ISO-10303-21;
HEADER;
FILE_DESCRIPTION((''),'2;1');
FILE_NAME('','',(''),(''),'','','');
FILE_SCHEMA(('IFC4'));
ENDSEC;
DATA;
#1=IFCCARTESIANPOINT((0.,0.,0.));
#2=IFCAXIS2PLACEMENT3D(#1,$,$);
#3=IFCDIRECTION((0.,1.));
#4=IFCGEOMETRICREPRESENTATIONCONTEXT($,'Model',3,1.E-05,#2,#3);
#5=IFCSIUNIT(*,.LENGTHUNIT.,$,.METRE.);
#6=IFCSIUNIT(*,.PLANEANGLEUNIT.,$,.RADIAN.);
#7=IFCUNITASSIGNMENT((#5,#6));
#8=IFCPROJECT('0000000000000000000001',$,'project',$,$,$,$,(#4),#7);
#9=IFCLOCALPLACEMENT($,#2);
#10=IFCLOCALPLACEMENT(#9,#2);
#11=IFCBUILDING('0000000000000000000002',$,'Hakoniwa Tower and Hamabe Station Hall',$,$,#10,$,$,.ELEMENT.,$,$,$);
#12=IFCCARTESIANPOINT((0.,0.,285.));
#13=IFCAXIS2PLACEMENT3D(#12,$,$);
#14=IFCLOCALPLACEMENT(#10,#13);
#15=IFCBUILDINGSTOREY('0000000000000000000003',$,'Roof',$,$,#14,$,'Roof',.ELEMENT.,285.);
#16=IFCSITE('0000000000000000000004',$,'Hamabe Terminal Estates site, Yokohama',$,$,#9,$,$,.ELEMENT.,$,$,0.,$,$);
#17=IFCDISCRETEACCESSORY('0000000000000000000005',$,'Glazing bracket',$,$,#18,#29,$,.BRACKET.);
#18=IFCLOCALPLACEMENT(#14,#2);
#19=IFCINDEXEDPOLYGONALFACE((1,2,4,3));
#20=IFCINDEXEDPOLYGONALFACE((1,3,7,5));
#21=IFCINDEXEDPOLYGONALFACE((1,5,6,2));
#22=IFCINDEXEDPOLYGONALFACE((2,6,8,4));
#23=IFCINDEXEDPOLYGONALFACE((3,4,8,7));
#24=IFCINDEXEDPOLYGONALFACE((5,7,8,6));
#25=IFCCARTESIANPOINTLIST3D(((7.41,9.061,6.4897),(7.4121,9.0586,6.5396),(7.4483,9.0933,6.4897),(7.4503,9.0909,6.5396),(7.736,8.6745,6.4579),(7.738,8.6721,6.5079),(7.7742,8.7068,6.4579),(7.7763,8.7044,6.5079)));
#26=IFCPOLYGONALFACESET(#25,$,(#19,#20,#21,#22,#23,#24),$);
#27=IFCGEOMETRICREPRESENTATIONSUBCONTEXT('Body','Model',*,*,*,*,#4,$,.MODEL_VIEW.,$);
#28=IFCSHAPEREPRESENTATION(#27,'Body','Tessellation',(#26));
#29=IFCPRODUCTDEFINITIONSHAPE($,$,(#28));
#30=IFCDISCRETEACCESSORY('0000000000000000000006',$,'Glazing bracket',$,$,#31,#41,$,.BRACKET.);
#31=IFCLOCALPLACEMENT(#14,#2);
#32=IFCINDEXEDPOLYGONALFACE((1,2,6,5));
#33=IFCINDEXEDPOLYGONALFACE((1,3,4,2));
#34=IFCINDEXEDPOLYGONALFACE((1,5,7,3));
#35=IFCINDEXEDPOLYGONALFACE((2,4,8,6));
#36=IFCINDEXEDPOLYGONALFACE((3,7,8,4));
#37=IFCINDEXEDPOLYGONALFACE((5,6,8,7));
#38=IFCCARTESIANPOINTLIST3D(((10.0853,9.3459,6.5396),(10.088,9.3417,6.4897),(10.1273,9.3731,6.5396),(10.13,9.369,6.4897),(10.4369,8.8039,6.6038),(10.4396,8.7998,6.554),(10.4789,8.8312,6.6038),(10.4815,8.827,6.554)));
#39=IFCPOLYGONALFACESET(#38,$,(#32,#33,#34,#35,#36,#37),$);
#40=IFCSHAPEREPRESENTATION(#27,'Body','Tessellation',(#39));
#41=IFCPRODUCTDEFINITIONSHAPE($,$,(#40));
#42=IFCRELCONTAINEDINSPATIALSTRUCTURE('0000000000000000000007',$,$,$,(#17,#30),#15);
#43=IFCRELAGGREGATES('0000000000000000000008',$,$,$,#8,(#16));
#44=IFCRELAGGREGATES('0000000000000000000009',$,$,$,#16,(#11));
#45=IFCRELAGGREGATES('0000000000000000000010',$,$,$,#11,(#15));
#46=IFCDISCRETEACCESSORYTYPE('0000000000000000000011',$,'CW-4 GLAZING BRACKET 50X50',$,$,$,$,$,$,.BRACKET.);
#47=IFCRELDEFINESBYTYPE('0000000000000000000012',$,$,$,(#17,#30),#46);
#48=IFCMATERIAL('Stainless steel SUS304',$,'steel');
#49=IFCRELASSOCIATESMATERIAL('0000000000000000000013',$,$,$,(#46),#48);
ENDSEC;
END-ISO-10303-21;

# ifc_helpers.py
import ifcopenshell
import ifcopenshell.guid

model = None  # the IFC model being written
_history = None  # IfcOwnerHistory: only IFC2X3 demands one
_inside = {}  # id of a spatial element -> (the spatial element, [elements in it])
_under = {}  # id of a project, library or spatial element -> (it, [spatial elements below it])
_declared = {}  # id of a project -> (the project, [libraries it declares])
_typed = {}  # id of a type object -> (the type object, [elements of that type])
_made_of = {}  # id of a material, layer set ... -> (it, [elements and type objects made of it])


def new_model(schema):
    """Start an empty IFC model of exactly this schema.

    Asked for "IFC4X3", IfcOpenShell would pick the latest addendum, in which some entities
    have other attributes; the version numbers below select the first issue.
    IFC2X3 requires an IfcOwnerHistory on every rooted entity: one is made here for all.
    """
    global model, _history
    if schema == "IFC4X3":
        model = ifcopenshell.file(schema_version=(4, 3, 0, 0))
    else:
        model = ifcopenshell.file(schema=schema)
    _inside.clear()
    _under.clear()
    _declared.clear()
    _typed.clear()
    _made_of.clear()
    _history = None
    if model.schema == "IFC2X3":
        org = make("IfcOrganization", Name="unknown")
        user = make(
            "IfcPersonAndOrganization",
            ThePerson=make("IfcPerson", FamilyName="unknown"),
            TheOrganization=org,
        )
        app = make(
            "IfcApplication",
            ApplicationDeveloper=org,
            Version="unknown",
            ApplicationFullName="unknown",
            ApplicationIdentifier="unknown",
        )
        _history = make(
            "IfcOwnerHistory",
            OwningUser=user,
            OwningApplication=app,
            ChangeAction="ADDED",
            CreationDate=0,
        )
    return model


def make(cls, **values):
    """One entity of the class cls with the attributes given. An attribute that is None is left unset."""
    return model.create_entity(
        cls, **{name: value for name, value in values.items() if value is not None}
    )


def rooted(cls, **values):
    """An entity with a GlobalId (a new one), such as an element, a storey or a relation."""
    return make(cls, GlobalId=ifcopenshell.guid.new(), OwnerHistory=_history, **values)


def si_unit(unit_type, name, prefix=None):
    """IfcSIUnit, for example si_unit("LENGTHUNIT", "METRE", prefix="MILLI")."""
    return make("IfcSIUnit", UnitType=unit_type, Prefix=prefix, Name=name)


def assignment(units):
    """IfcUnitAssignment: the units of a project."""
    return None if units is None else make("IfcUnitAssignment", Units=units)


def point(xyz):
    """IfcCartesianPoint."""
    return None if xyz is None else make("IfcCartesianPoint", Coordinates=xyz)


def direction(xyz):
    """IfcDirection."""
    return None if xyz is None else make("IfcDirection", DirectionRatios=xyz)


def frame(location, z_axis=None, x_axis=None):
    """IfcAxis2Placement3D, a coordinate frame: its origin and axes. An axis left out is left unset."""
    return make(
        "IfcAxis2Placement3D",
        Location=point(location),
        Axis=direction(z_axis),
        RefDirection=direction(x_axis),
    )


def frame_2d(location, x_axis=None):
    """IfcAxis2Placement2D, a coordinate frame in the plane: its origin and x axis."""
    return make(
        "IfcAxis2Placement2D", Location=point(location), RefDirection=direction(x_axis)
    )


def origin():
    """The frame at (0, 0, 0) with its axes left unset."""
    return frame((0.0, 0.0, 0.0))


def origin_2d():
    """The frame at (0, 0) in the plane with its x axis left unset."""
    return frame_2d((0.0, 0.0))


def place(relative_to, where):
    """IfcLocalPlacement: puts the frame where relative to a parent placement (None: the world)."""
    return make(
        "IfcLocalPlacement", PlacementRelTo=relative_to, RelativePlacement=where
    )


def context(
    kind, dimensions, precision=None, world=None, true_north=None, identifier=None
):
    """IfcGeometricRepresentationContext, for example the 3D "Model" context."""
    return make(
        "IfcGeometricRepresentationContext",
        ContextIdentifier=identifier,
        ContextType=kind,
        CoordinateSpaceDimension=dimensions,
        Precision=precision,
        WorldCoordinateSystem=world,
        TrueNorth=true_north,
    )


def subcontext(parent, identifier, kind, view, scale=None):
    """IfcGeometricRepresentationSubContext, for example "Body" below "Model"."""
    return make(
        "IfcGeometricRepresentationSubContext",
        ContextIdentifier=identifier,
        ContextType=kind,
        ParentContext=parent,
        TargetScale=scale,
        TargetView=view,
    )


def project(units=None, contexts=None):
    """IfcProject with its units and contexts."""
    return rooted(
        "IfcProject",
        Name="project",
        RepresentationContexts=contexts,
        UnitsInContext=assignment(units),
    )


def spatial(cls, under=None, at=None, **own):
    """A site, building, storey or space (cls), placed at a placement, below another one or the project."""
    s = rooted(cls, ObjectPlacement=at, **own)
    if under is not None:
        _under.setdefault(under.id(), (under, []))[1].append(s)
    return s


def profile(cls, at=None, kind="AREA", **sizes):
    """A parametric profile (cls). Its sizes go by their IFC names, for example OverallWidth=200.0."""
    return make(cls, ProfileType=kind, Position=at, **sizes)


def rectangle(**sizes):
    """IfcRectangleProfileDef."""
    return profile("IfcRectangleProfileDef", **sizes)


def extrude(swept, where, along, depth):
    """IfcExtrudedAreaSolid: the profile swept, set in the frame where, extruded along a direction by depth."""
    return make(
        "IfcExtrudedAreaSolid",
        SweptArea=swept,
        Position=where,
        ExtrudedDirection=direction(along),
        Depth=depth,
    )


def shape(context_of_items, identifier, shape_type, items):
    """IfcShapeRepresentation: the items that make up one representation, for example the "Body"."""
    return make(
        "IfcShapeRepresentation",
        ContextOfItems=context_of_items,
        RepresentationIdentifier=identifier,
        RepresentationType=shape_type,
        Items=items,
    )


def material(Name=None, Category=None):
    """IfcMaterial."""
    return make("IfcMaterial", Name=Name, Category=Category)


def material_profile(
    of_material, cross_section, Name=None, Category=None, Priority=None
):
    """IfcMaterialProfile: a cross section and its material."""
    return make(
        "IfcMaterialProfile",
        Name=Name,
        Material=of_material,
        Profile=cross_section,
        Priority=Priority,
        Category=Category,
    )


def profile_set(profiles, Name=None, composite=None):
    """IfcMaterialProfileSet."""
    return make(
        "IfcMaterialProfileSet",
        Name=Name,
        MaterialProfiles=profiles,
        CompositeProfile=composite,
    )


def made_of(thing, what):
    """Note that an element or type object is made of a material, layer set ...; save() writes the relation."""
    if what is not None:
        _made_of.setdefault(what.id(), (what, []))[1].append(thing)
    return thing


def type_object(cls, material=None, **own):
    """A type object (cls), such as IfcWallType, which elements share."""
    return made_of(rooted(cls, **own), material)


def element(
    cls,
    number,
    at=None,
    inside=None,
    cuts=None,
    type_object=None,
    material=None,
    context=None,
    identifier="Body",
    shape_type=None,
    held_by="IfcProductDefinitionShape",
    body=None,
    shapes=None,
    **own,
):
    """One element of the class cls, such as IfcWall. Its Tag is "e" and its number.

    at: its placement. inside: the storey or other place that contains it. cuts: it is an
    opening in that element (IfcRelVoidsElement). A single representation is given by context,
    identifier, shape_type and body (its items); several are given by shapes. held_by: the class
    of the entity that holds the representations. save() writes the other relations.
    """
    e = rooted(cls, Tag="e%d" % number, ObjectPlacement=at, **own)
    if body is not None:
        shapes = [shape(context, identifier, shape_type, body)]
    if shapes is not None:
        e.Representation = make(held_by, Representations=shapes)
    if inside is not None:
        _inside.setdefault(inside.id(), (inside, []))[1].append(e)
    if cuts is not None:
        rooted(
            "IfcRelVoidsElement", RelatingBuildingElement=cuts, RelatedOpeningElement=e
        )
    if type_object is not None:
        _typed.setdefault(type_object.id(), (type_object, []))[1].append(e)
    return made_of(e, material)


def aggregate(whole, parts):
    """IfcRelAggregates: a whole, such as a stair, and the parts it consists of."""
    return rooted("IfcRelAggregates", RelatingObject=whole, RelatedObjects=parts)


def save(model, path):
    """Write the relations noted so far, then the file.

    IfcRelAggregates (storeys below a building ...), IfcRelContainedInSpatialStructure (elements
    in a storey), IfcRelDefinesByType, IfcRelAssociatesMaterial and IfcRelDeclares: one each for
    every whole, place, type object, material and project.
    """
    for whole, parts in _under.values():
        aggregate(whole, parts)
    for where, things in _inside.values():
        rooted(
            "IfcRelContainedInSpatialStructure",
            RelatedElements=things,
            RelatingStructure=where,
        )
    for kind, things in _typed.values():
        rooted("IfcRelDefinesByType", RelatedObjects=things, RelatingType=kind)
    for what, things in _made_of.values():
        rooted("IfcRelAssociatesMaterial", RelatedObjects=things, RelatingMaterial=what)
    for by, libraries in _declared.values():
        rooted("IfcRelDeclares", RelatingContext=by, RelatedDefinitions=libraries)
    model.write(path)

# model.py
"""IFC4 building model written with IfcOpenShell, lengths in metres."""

from ifc_helpers import new_model, si_unit, direction, frame, origin, origin_2d, place, context, subcontext, project, spatial, rectangle, extrude, material, material_profile, profile_set, type_object, element, save


model = new_model("IFC4")

# Units and contexts
model_context = context("Model", 3, precision=1e-05, world=origin(), true_north=direction((0.0, 1.0)))
body_context = subcontext(model_context, "Body", "Model", "MODEL_VIEW")
ifc_project = project(units=[si_unit("LENGTHUNIT", "METRE"), si_unit("PLANEANGLEUNIT", "RADIAN")], contexts=[model_context])

# Site, building, storey
site_placement = place(None, origin())
site = spatial("IfcSite", under=ifc_project, at=site_placement, Name="Hamabe Terminal Estates site, Yokohama", CompositionType="ELEMENT", RefElevation=0.0)
building_placement = place(site_placement, origin())
building = spatial("IfcBuilding", under=site, at=building_placement, Name="Hakoniwa Tower and Hamabe Station Hall", CompositionType="ELEMENT")
storey_placement = place(building_placement, frame((0.0, 0.0, 285.0)))
storey = spatial("IfcBuildingStorey", under=building, at=storey_placement, Name="Roof", LongName="Roof", CompositionType="ELEMENT", Elevation=285.0)

# Discrete accessories
ifc_material_1 = material(Name="Stainless steel SUS304", Category="steel")
ifc_material_profile_1 = material_profile(ifc_material_1, rectangle(XDim=0.05, YDim=0.05, at=origin_2d()), Name="CW-4 GLAZING BRACKET 50X50")
ifc_profile_set_1 = profile_set([ifc_material_profile_1], Name="Stainless steel SUS304")
discrete_accessory_type = type_object("IfcDiscreteAccessoryType", Name="CW-4 GLAZING BRACKET 50X50", PredefinedType="BRACKET", material=ifc_profile_set_1)
discrete_accessory_1_placement = place(storey_placement, frame((7.4302, 9.0759, 6.5146), z_axis=(0.643419, -0.762946, -0.062655), x_axis=(0.764448, 0.644686, 0.0)))
element("IfcDiscreteAccessory", 1, at=discrete_accessory_1_placement, inside=storey, type_object=discrete_accessory_type, Name="Glazing bracket", PredefinedType="BRACKET", context=body_context, shape_type="SweptSolid", body=[
    extrude(rectangle(XDim=0.05, YDim=0.05, at=origin_2d()), origin(), (0.0, 0.0, 1.0), 0.5066),
])
discrete_accessory_2_placement = place(storey_placement, frame((10.1077, 9.3574, 6.5146), z_axis=(0.541523, -0.834848, 0.098903), x_axis=(0.838961, 0.544191, 0.0)))
element("IfcDiscreteAccessory", 2, at=discrete_accessory_2_placement, inside=storey, type_object=discrete_accessory_type, Name="Glazing bracket", PredefinedType="BRACKET", context=body_context, shape_type="SweptSolid", body=[
    extrude(rectangle(XDim=0.05, YDim=0.05, at=origin_2d()), origin(), (0.0, 0.0, 1.0), 0.6492),
])

save(model, "model.ifc")
